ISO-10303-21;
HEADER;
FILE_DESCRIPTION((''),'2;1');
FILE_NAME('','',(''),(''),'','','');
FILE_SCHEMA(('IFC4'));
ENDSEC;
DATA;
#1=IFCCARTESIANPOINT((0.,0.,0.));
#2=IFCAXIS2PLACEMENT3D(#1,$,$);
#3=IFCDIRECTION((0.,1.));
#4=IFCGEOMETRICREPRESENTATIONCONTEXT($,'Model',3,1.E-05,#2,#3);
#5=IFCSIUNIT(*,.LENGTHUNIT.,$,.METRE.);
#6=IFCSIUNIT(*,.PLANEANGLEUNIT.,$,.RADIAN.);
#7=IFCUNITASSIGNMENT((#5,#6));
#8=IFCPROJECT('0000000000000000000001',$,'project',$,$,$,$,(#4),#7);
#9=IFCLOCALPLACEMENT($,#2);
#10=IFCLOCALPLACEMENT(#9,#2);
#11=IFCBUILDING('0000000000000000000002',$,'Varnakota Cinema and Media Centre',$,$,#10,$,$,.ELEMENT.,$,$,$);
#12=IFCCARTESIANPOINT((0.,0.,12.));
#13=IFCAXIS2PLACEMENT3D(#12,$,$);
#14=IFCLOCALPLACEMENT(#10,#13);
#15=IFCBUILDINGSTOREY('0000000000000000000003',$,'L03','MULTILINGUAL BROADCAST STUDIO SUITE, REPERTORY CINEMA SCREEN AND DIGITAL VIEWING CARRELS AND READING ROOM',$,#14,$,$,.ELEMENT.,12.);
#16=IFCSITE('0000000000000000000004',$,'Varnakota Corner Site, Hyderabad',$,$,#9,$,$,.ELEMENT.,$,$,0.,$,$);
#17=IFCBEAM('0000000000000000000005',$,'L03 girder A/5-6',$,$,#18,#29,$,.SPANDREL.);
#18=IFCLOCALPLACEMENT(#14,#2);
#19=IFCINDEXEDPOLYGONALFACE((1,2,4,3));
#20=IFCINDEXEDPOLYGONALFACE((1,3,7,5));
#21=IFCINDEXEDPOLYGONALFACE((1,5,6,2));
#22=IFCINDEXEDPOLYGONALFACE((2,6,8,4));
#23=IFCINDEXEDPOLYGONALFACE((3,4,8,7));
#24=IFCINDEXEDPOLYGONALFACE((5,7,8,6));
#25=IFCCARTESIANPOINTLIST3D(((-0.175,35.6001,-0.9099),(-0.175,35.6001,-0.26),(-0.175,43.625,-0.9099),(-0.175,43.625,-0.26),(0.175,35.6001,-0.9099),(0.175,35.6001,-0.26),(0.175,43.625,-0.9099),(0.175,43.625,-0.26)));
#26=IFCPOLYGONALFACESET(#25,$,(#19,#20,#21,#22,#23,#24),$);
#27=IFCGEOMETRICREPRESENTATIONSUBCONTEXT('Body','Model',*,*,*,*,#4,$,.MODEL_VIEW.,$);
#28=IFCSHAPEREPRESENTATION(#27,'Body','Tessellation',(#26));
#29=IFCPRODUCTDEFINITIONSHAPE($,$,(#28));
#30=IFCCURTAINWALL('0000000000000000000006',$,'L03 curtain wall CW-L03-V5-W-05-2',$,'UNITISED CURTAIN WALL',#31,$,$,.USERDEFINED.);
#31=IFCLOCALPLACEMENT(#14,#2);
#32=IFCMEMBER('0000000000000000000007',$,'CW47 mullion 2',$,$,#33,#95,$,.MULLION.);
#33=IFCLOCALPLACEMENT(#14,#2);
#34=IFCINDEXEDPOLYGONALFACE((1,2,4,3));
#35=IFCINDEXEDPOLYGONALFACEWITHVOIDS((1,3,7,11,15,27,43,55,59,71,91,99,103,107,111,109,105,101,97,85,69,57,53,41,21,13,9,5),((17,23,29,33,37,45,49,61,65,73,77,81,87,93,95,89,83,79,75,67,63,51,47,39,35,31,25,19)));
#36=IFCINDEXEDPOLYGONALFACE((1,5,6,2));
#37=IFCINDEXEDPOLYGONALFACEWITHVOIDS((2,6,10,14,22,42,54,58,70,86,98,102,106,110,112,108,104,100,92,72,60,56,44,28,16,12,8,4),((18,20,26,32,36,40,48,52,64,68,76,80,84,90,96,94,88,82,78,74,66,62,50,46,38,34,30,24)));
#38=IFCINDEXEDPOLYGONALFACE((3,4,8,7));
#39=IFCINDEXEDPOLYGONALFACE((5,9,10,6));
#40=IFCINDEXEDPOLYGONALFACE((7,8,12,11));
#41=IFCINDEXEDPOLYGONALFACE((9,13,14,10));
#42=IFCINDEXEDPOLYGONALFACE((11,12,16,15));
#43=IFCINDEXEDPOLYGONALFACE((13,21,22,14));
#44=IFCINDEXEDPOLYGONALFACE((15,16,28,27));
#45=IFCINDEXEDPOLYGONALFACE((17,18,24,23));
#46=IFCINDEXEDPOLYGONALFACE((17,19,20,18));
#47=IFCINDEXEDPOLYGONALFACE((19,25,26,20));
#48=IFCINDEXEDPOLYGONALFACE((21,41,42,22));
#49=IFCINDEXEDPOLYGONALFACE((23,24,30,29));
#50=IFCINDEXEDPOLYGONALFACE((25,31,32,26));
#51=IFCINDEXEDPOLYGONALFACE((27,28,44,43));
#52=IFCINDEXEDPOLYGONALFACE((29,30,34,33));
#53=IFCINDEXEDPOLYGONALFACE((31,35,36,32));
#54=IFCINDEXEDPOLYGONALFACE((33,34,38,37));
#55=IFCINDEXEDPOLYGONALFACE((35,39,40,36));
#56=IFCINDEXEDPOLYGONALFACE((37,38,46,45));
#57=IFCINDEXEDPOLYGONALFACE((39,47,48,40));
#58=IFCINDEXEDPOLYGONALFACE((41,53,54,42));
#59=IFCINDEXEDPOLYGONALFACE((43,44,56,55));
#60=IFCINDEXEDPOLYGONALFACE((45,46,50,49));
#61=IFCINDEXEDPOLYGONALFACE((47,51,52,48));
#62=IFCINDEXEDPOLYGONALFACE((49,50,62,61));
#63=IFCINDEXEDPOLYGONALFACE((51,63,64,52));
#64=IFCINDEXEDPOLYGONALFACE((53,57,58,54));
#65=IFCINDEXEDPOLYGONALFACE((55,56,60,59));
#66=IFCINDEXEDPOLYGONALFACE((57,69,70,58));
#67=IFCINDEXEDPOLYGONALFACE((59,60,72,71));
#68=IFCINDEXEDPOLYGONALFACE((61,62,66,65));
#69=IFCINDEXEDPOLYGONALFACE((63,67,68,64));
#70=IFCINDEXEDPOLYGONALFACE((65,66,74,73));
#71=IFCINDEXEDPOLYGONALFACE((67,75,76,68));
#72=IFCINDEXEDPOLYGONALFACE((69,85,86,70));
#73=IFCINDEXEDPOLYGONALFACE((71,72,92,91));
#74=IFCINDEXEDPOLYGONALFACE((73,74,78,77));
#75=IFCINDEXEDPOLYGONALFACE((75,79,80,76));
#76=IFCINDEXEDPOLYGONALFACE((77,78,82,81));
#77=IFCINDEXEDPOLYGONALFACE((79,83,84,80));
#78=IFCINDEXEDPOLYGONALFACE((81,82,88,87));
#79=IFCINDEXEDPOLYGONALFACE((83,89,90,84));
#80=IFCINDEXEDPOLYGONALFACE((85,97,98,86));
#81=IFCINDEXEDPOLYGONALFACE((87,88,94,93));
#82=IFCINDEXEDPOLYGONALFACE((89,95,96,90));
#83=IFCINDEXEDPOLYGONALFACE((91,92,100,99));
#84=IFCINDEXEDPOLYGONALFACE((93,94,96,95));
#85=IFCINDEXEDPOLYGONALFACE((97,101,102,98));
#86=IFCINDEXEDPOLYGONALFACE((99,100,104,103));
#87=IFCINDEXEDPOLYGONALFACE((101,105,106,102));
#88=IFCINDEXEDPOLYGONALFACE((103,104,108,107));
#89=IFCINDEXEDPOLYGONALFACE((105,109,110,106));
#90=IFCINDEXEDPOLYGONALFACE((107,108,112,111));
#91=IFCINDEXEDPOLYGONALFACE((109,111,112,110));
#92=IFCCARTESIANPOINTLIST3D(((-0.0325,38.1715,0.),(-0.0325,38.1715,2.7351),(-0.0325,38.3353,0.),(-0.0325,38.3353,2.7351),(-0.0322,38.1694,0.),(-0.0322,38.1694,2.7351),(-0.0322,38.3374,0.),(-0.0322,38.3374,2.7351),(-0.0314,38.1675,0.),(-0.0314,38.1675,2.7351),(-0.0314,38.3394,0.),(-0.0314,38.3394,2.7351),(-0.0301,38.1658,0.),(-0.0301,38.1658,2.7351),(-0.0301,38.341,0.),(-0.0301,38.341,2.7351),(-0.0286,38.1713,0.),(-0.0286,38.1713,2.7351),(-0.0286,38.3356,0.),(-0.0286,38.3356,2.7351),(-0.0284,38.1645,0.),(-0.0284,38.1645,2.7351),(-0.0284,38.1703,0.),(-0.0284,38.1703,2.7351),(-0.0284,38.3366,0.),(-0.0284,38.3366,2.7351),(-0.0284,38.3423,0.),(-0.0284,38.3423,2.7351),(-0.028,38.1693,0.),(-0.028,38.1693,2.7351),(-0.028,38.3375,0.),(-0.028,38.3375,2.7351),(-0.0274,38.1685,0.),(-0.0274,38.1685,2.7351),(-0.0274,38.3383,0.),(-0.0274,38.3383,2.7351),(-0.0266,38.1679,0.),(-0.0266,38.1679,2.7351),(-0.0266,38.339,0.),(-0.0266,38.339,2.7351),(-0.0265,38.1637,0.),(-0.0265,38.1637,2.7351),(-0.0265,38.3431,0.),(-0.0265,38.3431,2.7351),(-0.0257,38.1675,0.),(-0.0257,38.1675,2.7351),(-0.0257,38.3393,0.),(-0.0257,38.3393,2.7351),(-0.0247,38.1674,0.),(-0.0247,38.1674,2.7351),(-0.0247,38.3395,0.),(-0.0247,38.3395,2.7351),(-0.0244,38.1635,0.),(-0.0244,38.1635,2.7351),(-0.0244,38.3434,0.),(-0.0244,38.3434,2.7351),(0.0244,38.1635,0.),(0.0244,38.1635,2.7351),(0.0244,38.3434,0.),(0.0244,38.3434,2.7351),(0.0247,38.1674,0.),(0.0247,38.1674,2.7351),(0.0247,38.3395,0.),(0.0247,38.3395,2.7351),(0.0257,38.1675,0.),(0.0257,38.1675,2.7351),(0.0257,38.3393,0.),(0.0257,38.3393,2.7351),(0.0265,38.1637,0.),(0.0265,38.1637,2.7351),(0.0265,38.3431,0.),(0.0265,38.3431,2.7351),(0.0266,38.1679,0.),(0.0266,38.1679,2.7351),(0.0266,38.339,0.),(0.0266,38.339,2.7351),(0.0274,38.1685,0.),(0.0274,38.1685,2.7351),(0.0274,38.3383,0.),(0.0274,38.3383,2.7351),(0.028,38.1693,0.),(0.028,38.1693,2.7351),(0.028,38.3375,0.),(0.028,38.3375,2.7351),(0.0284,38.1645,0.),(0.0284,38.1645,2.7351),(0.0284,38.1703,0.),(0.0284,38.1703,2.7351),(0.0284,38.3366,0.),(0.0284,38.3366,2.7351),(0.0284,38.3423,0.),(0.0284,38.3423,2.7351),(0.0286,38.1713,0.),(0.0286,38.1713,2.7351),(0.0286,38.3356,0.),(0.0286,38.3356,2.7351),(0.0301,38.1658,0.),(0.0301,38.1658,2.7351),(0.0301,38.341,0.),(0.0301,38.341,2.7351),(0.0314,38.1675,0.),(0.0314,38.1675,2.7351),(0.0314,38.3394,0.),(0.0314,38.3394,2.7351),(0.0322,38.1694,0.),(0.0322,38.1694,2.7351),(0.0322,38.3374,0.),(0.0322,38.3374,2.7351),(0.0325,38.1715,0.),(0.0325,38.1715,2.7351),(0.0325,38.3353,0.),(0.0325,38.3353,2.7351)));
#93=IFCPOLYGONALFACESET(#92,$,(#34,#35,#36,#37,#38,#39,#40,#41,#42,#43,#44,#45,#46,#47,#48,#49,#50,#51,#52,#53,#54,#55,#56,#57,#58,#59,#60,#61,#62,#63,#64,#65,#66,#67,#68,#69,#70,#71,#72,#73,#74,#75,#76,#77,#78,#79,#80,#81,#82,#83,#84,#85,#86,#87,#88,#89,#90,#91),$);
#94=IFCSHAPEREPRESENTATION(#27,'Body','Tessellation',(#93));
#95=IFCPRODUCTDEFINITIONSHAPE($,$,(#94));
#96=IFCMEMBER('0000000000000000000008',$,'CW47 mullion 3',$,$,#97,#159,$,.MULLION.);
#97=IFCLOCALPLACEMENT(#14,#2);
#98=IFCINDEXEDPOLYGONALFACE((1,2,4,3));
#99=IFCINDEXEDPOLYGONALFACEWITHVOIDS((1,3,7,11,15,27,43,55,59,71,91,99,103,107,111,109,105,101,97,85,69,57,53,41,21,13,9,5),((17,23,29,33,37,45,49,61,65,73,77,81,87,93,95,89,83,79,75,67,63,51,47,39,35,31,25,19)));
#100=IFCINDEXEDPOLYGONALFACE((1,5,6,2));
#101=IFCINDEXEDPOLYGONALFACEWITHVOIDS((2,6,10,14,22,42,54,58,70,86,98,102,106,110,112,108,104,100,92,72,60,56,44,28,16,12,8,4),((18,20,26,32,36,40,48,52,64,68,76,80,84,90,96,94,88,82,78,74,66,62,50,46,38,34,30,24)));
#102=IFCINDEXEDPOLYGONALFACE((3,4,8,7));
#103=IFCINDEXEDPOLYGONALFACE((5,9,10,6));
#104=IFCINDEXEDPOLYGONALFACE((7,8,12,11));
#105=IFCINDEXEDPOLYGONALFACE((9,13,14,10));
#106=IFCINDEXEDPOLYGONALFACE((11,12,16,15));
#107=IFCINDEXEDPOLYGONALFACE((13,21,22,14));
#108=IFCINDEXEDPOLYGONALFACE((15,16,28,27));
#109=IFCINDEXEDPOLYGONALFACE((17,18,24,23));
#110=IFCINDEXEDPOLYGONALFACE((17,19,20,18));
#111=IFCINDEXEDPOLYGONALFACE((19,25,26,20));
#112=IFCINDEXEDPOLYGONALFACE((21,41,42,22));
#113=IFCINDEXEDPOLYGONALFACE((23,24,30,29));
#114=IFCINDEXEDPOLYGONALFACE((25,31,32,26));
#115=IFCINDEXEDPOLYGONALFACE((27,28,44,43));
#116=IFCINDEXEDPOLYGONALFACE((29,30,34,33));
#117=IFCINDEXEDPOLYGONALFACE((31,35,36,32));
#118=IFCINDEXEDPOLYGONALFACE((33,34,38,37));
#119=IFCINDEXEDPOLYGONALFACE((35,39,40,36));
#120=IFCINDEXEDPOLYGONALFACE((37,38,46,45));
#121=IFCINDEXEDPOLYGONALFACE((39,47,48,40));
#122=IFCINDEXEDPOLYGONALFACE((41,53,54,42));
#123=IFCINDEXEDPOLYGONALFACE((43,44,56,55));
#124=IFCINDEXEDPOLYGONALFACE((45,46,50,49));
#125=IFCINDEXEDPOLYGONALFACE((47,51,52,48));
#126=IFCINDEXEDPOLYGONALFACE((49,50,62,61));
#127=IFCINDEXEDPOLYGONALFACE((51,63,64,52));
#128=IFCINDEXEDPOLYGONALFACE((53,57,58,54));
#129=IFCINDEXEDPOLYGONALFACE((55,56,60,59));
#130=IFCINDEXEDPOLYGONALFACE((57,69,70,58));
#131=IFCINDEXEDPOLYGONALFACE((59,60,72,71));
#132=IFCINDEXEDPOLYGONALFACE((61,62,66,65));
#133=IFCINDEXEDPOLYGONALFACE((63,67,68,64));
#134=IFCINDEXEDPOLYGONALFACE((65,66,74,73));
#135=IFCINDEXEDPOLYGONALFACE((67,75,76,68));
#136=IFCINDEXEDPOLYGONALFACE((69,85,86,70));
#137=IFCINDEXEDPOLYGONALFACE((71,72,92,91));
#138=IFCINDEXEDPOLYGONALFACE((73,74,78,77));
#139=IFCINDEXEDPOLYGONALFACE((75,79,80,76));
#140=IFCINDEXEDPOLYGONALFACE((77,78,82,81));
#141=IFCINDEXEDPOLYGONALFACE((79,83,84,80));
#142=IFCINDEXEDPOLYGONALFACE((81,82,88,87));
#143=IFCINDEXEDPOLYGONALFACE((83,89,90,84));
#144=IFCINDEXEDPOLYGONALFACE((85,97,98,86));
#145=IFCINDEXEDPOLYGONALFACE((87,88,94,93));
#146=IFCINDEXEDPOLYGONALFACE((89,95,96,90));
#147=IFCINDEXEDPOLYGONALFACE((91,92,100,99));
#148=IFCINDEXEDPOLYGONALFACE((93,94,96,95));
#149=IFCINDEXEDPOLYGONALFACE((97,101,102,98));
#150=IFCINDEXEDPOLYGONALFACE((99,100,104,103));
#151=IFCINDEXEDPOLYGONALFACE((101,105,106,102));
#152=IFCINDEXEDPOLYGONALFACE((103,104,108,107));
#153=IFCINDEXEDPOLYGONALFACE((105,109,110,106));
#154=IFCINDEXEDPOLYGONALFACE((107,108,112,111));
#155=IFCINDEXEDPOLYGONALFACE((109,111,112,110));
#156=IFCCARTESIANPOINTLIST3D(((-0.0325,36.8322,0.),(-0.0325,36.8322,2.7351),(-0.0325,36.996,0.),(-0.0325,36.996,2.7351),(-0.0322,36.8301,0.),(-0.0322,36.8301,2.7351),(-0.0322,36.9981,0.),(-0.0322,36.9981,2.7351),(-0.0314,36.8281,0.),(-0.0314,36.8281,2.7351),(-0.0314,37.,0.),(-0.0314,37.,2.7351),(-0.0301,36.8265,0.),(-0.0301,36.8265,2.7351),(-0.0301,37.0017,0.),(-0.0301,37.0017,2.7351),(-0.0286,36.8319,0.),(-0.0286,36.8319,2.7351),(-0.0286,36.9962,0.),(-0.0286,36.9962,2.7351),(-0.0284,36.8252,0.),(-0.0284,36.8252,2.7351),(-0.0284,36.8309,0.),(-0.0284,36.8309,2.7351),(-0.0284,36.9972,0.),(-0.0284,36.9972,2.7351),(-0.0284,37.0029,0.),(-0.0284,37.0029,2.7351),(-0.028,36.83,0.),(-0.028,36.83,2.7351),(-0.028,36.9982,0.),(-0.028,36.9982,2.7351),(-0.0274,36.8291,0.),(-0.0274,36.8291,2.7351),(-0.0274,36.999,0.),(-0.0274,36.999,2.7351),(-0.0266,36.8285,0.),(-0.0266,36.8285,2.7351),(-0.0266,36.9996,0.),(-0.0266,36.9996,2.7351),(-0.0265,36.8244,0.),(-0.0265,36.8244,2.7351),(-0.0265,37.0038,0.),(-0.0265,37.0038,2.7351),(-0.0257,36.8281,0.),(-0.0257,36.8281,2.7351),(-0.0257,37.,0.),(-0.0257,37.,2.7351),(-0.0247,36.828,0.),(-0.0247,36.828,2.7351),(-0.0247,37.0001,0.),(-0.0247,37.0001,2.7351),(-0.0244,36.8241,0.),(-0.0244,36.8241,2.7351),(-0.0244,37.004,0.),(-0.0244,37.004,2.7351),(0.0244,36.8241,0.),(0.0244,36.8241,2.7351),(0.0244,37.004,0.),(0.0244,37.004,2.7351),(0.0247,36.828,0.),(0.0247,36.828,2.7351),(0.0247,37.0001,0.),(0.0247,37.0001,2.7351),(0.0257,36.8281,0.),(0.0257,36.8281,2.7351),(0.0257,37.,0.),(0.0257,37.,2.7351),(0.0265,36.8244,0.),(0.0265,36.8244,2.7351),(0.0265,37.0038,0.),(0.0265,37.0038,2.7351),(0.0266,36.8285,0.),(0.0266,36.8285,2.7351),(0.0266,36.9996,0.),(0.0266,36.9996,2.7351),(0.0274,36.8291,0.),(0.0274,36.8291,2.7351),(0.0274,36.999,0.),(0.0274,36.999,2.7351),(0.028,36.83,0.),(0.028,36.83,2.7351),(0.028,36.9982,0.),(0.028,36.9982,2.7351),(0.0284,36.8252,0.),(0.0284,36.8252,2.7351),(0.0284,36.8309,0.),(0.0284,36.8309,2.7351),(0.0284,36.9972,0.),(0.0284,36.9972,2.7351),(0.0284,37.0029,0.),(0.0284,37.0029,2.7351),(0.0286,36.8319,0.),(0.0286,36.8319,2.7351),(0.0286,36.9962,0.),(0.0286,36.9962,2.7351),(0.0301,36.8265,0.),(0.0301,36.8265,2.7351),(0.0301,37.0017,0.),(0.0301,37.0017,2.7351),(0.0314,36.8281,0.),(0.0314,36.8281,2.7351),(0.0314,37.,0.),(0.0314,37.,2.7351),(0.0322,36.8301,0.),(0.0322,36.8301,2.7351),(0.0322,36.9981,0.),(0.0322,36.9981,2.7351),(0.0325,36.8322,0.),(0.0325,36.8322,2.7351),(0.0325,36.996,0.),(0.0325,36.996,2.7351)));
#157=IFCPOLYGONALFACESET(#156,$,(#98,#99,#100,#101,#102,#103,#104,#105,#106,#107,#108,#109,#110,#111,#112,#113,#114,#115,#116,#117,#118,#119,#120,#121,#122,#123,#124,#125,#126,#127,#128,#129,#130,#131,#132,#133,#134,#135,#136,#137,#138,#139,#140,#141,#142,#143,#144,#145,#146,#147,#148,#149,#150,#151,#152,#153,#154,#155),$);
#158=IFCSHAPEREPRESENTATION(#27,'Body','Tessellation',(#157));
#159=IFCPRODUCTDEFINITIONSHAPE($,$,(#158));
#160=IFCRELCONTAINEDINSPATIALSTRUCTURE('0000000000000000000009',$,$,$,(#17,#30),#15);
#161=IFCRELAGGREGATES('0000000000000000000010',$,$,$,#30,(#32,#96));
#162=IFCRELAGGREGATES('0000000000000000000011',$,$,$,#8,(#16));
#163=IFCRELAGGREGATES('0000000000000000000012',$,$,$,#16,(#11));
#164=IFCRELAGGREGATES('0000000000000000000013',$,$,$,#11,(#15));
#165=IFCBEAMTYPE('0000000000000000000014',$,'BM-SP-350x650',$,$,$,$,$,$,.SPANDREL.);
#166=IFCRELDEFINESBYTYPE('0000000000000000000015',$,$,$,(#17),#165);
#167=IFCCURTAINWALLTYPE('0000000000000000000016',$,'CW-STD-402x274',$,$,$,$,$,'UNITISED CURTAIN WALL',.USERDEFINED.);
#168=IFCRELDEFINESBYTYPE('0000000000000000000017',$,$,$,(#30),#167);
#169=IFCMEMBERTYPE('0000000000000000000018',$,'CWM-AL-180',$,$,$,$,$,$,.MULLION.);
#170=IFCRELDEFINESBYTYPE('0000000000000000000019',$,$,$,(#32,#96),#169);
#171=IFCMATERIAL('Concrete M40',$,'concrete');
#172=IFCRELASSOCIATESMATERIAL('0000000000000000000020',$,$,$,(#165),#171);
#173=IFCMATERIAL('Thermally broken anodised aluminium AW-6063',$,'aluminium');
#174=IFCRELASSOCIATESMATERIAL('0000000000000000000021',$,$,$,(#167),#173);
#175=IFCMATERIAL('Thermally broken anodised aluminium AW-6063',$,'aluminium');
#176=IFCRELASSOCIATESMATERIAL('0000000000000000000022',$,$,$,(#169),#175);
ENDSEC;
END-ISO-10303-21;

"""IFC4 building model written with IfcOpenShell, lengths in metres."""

from ifc_helpers import new_model, si_unit, direction, frame, origin, origin_2d, place, context, subcontext, project, spatial, rectangle, hollow_rectangle, extrude, material, material_profile, profile_set, type_object, element, aggregate, save


model = new_model("IFC4")

# Units and contexts
model_context = context("Model", 3, precision=1e-05, world=origin(), true_north=direction((0.0, 1.0)))
body_context = subcontext(model_context, "Body", "Model", "MODEL_VIEW")
ifc_project = project(units=[si_unit("LENGTHUNIT", "METRE"), si_unit("PLANEANGLEUNIT", "RADIAN")], contexts=[model_context])

# Site, building, storey
site_placement = place(None, origin())
site = spatial("IfcSite", under=ifc_project, at=site_placement, Name="Varnakota Corner Site, Hyderabad", CompositionType="ELEMENT", RefElevation=0.0)
building_placement = place(site_placement, origin())
building = spatial("IfcBuilding", under=site, at=building_placement, Name="Varnakota Cinema and Media Centre", CompositionType="ELEMENT")
storey_placement = place(building_placement, frame((0.0, 0.0, 12.0)))
storey = spatial("IfcBuildingStorey", under=building, at=storey_placement, Name="L03", Description="MULTILINGUAL BROADCAST STUDIO SUITE, REPERTORY CINEMA SCREEN AND DIGITAL VIEWING CARRELS AND READING ROOM", CompositionType="ELEMENT", Elevation=12.0)

# Beam
ifc_material_1 = material(Name="Concrete M40", Category="concrete")
ifc_material_profile_1 = material_profile(ifc_material_1, rectangle(XDim=0.3501, YDim=0.6499, at=origin_2d()), Name="RCB 350x650")
ifc_profile_set_1 = profile_set([ifc_material_profile_1], Name="Concrete M40")
beam_type = type_object("IfcBeamType", Name="BM-SP-350x650", PredefinedType="SPANDREL", material=ifc_profile_set_1)
beam_placement = place(storey_placement, frame((0.0, 35.6001, -0.585), z_axis=(0.0, 1.0, 0.0), x_axis=(-1.0, 0.0, 0.0)))
element("IfcBeam", 1, at=beam_placement, inside=storey, type_object=beam_type, Name="L03 girder A/5-6", PredefinedType="SPANDREL", context=body_context, shape_type="SweptSolid", body=[
    extrude(rectangle(XDim=0.3501, YDim=0.6499, at=origin_2d()), origin(), (0.0, 0.0, 1.0), 8.0249),
])

# Curtain wall, members
ifc_material_2 = material(Name="Thermally broken anodised aluminium AW-6063", Category="aluminium")
curtain_wall_type = type_object("IfcCurtainWallType", Name="CW-STD-402x274", ElementType="UNITISED CURTAIN WALL", PredefinedType="USERDEFINED", material=ifc_material_2)
curtain_wall_placement = place(storey_placement, origin())
curtain_wall = element("IfcCurtainWall", 2, at=curtain_wall_placement, inside=storey, type_object=curtain_wall_type, Name="L03 curtain wall CW-L03-V5-W-05-2", ObjectType="UNITISED CURTAIN WALL", PredefinedType="USERDEFINED")
ifc_material_3 = material(Name="Thermally broken anodised aluminium AW-6063", Category="aluminium")
ifc_material_profile_2 = material_profile(ifc_material_3, hollow_rectangle(XDim=0.0649, YDim=0.1799, WallThickness=0.0039, InnerFilletRadius=0.0039, OuterFilletRadius=0.0081, at=origin_2d()), Name="AL-MULLION 180x65x4")
ifc_profile_set_2 = profile_set([ifc_material_profile_2], Name="Thermally broken anodised aluminium AW-6063")
member_type_1 = type_object("IfcMemberType", Name="CWM-AL-180", PredefinedType="MULLION", material=ifc_profile_set_2)
member_1_placement = place(storey_placement, frame((0.0, 38.2534, 0.0), z_axis=(0.0, 0.0, 1.0), x_axis=(1.0, 0.0, 0.0)))
member_1 = element("IfcMember", 3, at=member_1_placement, type_object=member_type_1, Name="CW47 mullion 2", PredefinedType="MULLION", context=body_context, shape_type="SweptSolid", body=[
    extrude(hollow_rectangle(XDim=0.0649, YDim=0.1799, WallThickness=0.0039, InnerFilletRadius=0.0039, OuterFilletRadius=0.0081, at=origin_2d()), origin(), (0.0, 0.0, 1.0), 2.7351),
])
member_2_placement = place(storey_placement, frame((0.0, 36.9141, 0.0), z_axis=(0.0, 0.0, 1.0), x_axis=(1.0, 0.0, 0.0)))
member_2 = element("IfcMember", 4, at=member_2_placement, type_object=member_type_1, Name="CW47 mullion 3", PredefinedType="MULLION", context=body_context, shape_type="SweptSolid", body=[
    extrude(hollow_rectangle(XDim=0.0649, YDim=0.1799, WallThickness=0.0039, InnerFilletRadius=0.0039, OuterFilletRadius=0.0081, at=origin_2d()), origin(), (0.0, 0.0, 1.0), 2.7351),
])
aggregate(curtain_wall, [member_1, member_2])

save(model, "model.ifc")
